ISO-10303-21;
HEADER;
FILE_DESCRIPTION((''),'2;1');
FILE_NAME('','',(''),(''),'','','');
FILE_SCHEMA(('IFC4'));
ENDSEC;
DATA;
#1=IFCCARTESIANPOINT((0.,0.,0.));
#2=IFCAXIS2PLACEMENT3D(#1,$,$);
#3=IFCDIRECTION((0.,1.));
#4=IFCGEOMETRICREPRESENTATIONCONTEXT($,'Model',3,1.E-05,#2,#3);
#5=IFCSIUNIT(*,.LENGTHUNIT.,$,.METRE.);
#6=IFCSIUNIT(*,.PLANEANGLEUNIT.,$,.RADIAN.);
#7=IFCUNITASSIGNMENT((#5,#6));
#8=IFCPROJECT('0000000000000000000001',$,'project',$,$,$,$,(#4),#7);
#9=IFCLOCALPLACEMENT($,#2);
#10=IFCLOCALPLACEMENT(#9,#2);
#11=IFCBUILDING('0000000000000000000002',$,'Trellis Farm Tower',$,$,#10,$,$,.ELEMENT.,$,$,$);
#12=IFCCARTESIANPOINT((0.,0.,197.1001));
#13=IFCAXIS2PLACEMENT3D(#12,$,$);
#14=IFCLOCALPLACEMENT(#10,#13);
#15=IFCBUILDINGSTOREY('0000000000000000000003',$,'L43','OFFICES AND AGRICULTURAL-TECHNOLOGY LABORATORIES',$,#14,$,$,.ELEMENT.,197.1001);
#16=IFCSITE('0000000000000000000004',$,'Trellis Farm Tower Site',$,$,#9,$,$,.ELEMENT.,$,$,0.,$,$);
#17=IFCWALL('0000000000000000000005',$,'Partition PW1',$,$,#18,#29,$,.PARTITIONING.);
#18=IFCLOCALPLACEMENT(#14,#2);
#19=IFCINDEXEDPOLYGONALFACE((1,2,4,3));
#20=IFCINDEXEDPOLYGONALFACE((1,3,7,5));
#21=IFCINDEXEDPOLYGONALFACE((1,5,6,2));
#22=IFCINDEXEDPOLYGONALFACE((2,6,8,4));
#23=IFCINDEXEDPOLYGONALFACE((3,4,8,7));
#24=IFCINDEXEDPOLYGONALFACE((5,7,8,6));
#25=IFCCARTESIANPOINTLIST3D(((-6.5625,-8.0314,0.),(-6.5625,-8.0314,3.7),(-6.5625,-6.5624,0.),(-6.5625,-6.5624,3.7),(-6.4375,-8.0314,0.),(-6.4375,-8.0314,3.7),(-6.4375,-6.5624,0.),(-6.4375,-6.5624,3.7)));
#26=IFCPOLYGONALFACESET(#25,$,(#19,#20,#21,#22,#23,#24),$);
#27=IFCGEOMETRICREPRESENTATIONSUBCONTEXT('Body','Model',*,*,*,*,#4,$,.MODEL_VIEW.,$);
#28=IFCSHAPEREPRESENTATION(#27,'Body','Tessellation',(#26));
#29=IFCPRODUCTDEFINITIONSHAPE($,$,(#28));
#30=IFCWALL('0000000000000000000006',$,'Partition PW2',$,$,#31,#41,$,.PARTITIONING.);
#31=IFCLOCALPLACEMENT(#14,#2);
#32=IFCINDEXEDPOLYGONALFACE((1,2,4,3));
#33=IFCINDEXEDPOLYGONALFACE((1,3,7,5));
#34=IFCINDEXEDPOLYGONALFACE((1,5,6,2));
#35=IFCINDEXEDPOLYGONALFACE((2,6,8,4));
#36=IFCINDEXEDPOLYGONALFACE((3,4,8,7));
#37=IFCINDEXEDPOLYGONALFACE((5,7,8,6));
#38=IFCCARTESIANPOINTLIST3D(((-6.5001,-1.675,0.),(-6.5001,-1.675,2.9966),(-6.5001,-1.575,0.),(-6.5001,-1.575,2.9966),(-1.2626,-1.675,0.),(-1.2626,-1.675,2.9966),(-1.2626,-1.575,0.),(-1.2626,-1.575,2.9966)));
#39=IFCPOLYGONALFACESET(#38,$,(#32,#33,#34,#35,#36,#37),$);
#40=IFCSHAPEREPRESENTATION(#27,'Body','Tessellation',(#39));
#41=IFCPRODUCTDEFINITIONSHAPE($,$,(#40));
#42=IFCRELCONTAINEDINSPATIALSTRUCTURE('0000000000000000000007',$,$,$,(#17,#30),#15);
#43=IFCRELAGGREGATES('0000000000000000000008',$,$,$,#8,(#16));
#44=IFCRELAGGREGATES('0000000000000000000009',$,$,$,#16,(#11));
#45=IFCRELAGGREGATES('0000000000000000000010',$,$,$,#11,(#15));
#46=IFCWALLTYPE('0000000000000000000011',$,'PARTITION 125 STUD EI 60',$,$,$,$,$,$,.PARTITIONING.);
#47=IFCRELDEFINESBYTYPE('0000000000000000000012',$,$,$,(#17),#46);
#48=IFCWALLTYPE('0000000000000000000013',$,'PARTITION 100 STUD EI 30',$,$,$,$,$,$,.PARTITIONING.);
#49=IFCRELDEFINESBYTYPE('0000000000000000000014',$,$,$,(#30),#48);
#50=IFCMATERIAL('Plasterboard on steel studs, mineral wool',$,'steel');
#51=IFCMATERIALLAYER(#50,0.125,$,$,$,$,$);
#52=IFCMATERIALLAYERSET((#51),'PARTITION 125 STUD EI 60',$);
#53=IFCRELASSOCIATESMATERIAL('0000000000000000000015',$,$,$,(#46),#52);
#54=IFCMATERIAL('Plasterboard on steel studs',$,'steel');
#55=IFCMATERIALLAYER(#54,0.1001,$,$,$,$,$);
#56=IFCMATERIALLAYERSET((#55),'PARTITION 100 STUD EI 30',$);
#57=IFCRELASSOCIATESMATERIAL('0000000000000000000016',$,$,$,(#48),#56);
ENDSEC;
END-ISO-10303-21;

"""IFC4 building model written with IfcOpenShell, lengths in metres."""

from ifc_helpers import new_model, si_unit, direction, frame, frame_2d, origin, place, context, subcontext, project, spatial, rectangle, extrude, source, transform, mapped, material, layer, layer_set, type_object, element, save


model = new_model("IFC4")

# Units and contexts
model_context = context("Model", 3, precision=1e-05, world=origin(), true_north=direction((0.0, 1.0)))
body_context = subcontext(model_context, "Body", "Model", "MODEL_VIEW")
ifc_project = project(units=[si_unit("LENGTHUNIT", "METRE"), si_unit("PLANEANGLEUNIT", "RADIAN")], contexts=[model_context])

# Site, building, storey
site_placement = place(None, origin())
site = spatial("IfcSite", under=ifc_project, at=site_placement, Name="Trellis Farm Tower Site", CompositionType="ELEMENT", RefElevation=0.0)
building_placement = place(site_placement, origin())
building = spatial("IfcBuilding", under=site, at=building_placement, Name="Trellis Farm Tower", CompositionType="ELEMENT")
storey_placement = place(building_placement, frame((0.0, 0.0, 197.1001)))
storey = spatial("IfcBuildingStorey", under=building, at=storey_placement, Name="L43", Description="OFFICES AND AGRICULTURAL-TECHNOLOGY LABORATORIES", CompositionType="ELEMENT", Elevation=197.1001)

# Walls
ifc_material_1 = material(Name="Plasterboard on steel studs, mineral wool", Category="steel")
ifc_layer_1 = layer(ifc_material_1, 0.125)
ifc_layer_set_1 = layer_set([ifc_layer_1], Name="PARTITION 125 STUD EI 60")
wall_type_1 = type_object("IfcWallType", Name="PARTITION 125 STUD EI 60", PredefinedType="PARTITIONING", material=ifc_layer_set_1)
shared_shape_1 = source(origin(), body_context, "Body", "SweptSolid", [
    extrude(rectangle(XDim=1.469, YDim=0.125, at=frame_2d((0.7344, 0.0))), origin(), (0.0, 0.0, 1.0), 3.7),
])
wall_1_placement = place(storey_placement, frame((-6.5, -6.5625, 0.0), z_axis=(0.0, 0.0, 1.0), x_axis=(0.0, -1.0, 0.0)))
element("IfcWall", 1, at=wall_1_placement, inside=storey, type_object=wall_type_1, Name="Partition PW1", PredefinedType="PARTITIONING", context=body_context, shape_type="MappedRepresentation", body=[
    mapped(shared_shape_1, transform((0.0, 0.0, 0.0))),
])
ifc_material_2 = material(Name="Plasterboard on steel studs", Category="steel")
ifc_layer_2 = layer(ifc_material_2, 0.1001)
ifc_layer_set_2 = layer_set([ifc_layer_2], Name="PARTITION 100 STUD EI 30")
wall_type_2 = type_object("IfcWallType", Name="PARTITION 100 STUD EI 30", PredefinedType="PARTITIONING", material=ifc_layer_set_2)
shared_shape_2 = source(origin(), body_context, "Body", "SweptSolid", [
    extrude(rectangle(XDim=5.2375, YDim=0.1001, at=frame_2d((2.6187, 0.0))), origin(), (0.0, 0.0, 1.0), 2.9966),
])
wall_2_placement = place(storey_placement, frame((-6.5, -1.625, 0.0), z_axis=(0.0, 0.0, 1.0), x_axis=(1.0, 0.0, 0.0)))
element("IfcWall", 2, at=wall_2_placement, inside=storey, type_object=wall_type_2, Name="Partition PW2", PredefinedType="PARTITIONING", context=body_context, shape_type="MappedRepresentation", body=[
    mapped(shared_shape_2, transform((0.0, 0.0, 0.0))),
])

save(model, "model.ifc")
